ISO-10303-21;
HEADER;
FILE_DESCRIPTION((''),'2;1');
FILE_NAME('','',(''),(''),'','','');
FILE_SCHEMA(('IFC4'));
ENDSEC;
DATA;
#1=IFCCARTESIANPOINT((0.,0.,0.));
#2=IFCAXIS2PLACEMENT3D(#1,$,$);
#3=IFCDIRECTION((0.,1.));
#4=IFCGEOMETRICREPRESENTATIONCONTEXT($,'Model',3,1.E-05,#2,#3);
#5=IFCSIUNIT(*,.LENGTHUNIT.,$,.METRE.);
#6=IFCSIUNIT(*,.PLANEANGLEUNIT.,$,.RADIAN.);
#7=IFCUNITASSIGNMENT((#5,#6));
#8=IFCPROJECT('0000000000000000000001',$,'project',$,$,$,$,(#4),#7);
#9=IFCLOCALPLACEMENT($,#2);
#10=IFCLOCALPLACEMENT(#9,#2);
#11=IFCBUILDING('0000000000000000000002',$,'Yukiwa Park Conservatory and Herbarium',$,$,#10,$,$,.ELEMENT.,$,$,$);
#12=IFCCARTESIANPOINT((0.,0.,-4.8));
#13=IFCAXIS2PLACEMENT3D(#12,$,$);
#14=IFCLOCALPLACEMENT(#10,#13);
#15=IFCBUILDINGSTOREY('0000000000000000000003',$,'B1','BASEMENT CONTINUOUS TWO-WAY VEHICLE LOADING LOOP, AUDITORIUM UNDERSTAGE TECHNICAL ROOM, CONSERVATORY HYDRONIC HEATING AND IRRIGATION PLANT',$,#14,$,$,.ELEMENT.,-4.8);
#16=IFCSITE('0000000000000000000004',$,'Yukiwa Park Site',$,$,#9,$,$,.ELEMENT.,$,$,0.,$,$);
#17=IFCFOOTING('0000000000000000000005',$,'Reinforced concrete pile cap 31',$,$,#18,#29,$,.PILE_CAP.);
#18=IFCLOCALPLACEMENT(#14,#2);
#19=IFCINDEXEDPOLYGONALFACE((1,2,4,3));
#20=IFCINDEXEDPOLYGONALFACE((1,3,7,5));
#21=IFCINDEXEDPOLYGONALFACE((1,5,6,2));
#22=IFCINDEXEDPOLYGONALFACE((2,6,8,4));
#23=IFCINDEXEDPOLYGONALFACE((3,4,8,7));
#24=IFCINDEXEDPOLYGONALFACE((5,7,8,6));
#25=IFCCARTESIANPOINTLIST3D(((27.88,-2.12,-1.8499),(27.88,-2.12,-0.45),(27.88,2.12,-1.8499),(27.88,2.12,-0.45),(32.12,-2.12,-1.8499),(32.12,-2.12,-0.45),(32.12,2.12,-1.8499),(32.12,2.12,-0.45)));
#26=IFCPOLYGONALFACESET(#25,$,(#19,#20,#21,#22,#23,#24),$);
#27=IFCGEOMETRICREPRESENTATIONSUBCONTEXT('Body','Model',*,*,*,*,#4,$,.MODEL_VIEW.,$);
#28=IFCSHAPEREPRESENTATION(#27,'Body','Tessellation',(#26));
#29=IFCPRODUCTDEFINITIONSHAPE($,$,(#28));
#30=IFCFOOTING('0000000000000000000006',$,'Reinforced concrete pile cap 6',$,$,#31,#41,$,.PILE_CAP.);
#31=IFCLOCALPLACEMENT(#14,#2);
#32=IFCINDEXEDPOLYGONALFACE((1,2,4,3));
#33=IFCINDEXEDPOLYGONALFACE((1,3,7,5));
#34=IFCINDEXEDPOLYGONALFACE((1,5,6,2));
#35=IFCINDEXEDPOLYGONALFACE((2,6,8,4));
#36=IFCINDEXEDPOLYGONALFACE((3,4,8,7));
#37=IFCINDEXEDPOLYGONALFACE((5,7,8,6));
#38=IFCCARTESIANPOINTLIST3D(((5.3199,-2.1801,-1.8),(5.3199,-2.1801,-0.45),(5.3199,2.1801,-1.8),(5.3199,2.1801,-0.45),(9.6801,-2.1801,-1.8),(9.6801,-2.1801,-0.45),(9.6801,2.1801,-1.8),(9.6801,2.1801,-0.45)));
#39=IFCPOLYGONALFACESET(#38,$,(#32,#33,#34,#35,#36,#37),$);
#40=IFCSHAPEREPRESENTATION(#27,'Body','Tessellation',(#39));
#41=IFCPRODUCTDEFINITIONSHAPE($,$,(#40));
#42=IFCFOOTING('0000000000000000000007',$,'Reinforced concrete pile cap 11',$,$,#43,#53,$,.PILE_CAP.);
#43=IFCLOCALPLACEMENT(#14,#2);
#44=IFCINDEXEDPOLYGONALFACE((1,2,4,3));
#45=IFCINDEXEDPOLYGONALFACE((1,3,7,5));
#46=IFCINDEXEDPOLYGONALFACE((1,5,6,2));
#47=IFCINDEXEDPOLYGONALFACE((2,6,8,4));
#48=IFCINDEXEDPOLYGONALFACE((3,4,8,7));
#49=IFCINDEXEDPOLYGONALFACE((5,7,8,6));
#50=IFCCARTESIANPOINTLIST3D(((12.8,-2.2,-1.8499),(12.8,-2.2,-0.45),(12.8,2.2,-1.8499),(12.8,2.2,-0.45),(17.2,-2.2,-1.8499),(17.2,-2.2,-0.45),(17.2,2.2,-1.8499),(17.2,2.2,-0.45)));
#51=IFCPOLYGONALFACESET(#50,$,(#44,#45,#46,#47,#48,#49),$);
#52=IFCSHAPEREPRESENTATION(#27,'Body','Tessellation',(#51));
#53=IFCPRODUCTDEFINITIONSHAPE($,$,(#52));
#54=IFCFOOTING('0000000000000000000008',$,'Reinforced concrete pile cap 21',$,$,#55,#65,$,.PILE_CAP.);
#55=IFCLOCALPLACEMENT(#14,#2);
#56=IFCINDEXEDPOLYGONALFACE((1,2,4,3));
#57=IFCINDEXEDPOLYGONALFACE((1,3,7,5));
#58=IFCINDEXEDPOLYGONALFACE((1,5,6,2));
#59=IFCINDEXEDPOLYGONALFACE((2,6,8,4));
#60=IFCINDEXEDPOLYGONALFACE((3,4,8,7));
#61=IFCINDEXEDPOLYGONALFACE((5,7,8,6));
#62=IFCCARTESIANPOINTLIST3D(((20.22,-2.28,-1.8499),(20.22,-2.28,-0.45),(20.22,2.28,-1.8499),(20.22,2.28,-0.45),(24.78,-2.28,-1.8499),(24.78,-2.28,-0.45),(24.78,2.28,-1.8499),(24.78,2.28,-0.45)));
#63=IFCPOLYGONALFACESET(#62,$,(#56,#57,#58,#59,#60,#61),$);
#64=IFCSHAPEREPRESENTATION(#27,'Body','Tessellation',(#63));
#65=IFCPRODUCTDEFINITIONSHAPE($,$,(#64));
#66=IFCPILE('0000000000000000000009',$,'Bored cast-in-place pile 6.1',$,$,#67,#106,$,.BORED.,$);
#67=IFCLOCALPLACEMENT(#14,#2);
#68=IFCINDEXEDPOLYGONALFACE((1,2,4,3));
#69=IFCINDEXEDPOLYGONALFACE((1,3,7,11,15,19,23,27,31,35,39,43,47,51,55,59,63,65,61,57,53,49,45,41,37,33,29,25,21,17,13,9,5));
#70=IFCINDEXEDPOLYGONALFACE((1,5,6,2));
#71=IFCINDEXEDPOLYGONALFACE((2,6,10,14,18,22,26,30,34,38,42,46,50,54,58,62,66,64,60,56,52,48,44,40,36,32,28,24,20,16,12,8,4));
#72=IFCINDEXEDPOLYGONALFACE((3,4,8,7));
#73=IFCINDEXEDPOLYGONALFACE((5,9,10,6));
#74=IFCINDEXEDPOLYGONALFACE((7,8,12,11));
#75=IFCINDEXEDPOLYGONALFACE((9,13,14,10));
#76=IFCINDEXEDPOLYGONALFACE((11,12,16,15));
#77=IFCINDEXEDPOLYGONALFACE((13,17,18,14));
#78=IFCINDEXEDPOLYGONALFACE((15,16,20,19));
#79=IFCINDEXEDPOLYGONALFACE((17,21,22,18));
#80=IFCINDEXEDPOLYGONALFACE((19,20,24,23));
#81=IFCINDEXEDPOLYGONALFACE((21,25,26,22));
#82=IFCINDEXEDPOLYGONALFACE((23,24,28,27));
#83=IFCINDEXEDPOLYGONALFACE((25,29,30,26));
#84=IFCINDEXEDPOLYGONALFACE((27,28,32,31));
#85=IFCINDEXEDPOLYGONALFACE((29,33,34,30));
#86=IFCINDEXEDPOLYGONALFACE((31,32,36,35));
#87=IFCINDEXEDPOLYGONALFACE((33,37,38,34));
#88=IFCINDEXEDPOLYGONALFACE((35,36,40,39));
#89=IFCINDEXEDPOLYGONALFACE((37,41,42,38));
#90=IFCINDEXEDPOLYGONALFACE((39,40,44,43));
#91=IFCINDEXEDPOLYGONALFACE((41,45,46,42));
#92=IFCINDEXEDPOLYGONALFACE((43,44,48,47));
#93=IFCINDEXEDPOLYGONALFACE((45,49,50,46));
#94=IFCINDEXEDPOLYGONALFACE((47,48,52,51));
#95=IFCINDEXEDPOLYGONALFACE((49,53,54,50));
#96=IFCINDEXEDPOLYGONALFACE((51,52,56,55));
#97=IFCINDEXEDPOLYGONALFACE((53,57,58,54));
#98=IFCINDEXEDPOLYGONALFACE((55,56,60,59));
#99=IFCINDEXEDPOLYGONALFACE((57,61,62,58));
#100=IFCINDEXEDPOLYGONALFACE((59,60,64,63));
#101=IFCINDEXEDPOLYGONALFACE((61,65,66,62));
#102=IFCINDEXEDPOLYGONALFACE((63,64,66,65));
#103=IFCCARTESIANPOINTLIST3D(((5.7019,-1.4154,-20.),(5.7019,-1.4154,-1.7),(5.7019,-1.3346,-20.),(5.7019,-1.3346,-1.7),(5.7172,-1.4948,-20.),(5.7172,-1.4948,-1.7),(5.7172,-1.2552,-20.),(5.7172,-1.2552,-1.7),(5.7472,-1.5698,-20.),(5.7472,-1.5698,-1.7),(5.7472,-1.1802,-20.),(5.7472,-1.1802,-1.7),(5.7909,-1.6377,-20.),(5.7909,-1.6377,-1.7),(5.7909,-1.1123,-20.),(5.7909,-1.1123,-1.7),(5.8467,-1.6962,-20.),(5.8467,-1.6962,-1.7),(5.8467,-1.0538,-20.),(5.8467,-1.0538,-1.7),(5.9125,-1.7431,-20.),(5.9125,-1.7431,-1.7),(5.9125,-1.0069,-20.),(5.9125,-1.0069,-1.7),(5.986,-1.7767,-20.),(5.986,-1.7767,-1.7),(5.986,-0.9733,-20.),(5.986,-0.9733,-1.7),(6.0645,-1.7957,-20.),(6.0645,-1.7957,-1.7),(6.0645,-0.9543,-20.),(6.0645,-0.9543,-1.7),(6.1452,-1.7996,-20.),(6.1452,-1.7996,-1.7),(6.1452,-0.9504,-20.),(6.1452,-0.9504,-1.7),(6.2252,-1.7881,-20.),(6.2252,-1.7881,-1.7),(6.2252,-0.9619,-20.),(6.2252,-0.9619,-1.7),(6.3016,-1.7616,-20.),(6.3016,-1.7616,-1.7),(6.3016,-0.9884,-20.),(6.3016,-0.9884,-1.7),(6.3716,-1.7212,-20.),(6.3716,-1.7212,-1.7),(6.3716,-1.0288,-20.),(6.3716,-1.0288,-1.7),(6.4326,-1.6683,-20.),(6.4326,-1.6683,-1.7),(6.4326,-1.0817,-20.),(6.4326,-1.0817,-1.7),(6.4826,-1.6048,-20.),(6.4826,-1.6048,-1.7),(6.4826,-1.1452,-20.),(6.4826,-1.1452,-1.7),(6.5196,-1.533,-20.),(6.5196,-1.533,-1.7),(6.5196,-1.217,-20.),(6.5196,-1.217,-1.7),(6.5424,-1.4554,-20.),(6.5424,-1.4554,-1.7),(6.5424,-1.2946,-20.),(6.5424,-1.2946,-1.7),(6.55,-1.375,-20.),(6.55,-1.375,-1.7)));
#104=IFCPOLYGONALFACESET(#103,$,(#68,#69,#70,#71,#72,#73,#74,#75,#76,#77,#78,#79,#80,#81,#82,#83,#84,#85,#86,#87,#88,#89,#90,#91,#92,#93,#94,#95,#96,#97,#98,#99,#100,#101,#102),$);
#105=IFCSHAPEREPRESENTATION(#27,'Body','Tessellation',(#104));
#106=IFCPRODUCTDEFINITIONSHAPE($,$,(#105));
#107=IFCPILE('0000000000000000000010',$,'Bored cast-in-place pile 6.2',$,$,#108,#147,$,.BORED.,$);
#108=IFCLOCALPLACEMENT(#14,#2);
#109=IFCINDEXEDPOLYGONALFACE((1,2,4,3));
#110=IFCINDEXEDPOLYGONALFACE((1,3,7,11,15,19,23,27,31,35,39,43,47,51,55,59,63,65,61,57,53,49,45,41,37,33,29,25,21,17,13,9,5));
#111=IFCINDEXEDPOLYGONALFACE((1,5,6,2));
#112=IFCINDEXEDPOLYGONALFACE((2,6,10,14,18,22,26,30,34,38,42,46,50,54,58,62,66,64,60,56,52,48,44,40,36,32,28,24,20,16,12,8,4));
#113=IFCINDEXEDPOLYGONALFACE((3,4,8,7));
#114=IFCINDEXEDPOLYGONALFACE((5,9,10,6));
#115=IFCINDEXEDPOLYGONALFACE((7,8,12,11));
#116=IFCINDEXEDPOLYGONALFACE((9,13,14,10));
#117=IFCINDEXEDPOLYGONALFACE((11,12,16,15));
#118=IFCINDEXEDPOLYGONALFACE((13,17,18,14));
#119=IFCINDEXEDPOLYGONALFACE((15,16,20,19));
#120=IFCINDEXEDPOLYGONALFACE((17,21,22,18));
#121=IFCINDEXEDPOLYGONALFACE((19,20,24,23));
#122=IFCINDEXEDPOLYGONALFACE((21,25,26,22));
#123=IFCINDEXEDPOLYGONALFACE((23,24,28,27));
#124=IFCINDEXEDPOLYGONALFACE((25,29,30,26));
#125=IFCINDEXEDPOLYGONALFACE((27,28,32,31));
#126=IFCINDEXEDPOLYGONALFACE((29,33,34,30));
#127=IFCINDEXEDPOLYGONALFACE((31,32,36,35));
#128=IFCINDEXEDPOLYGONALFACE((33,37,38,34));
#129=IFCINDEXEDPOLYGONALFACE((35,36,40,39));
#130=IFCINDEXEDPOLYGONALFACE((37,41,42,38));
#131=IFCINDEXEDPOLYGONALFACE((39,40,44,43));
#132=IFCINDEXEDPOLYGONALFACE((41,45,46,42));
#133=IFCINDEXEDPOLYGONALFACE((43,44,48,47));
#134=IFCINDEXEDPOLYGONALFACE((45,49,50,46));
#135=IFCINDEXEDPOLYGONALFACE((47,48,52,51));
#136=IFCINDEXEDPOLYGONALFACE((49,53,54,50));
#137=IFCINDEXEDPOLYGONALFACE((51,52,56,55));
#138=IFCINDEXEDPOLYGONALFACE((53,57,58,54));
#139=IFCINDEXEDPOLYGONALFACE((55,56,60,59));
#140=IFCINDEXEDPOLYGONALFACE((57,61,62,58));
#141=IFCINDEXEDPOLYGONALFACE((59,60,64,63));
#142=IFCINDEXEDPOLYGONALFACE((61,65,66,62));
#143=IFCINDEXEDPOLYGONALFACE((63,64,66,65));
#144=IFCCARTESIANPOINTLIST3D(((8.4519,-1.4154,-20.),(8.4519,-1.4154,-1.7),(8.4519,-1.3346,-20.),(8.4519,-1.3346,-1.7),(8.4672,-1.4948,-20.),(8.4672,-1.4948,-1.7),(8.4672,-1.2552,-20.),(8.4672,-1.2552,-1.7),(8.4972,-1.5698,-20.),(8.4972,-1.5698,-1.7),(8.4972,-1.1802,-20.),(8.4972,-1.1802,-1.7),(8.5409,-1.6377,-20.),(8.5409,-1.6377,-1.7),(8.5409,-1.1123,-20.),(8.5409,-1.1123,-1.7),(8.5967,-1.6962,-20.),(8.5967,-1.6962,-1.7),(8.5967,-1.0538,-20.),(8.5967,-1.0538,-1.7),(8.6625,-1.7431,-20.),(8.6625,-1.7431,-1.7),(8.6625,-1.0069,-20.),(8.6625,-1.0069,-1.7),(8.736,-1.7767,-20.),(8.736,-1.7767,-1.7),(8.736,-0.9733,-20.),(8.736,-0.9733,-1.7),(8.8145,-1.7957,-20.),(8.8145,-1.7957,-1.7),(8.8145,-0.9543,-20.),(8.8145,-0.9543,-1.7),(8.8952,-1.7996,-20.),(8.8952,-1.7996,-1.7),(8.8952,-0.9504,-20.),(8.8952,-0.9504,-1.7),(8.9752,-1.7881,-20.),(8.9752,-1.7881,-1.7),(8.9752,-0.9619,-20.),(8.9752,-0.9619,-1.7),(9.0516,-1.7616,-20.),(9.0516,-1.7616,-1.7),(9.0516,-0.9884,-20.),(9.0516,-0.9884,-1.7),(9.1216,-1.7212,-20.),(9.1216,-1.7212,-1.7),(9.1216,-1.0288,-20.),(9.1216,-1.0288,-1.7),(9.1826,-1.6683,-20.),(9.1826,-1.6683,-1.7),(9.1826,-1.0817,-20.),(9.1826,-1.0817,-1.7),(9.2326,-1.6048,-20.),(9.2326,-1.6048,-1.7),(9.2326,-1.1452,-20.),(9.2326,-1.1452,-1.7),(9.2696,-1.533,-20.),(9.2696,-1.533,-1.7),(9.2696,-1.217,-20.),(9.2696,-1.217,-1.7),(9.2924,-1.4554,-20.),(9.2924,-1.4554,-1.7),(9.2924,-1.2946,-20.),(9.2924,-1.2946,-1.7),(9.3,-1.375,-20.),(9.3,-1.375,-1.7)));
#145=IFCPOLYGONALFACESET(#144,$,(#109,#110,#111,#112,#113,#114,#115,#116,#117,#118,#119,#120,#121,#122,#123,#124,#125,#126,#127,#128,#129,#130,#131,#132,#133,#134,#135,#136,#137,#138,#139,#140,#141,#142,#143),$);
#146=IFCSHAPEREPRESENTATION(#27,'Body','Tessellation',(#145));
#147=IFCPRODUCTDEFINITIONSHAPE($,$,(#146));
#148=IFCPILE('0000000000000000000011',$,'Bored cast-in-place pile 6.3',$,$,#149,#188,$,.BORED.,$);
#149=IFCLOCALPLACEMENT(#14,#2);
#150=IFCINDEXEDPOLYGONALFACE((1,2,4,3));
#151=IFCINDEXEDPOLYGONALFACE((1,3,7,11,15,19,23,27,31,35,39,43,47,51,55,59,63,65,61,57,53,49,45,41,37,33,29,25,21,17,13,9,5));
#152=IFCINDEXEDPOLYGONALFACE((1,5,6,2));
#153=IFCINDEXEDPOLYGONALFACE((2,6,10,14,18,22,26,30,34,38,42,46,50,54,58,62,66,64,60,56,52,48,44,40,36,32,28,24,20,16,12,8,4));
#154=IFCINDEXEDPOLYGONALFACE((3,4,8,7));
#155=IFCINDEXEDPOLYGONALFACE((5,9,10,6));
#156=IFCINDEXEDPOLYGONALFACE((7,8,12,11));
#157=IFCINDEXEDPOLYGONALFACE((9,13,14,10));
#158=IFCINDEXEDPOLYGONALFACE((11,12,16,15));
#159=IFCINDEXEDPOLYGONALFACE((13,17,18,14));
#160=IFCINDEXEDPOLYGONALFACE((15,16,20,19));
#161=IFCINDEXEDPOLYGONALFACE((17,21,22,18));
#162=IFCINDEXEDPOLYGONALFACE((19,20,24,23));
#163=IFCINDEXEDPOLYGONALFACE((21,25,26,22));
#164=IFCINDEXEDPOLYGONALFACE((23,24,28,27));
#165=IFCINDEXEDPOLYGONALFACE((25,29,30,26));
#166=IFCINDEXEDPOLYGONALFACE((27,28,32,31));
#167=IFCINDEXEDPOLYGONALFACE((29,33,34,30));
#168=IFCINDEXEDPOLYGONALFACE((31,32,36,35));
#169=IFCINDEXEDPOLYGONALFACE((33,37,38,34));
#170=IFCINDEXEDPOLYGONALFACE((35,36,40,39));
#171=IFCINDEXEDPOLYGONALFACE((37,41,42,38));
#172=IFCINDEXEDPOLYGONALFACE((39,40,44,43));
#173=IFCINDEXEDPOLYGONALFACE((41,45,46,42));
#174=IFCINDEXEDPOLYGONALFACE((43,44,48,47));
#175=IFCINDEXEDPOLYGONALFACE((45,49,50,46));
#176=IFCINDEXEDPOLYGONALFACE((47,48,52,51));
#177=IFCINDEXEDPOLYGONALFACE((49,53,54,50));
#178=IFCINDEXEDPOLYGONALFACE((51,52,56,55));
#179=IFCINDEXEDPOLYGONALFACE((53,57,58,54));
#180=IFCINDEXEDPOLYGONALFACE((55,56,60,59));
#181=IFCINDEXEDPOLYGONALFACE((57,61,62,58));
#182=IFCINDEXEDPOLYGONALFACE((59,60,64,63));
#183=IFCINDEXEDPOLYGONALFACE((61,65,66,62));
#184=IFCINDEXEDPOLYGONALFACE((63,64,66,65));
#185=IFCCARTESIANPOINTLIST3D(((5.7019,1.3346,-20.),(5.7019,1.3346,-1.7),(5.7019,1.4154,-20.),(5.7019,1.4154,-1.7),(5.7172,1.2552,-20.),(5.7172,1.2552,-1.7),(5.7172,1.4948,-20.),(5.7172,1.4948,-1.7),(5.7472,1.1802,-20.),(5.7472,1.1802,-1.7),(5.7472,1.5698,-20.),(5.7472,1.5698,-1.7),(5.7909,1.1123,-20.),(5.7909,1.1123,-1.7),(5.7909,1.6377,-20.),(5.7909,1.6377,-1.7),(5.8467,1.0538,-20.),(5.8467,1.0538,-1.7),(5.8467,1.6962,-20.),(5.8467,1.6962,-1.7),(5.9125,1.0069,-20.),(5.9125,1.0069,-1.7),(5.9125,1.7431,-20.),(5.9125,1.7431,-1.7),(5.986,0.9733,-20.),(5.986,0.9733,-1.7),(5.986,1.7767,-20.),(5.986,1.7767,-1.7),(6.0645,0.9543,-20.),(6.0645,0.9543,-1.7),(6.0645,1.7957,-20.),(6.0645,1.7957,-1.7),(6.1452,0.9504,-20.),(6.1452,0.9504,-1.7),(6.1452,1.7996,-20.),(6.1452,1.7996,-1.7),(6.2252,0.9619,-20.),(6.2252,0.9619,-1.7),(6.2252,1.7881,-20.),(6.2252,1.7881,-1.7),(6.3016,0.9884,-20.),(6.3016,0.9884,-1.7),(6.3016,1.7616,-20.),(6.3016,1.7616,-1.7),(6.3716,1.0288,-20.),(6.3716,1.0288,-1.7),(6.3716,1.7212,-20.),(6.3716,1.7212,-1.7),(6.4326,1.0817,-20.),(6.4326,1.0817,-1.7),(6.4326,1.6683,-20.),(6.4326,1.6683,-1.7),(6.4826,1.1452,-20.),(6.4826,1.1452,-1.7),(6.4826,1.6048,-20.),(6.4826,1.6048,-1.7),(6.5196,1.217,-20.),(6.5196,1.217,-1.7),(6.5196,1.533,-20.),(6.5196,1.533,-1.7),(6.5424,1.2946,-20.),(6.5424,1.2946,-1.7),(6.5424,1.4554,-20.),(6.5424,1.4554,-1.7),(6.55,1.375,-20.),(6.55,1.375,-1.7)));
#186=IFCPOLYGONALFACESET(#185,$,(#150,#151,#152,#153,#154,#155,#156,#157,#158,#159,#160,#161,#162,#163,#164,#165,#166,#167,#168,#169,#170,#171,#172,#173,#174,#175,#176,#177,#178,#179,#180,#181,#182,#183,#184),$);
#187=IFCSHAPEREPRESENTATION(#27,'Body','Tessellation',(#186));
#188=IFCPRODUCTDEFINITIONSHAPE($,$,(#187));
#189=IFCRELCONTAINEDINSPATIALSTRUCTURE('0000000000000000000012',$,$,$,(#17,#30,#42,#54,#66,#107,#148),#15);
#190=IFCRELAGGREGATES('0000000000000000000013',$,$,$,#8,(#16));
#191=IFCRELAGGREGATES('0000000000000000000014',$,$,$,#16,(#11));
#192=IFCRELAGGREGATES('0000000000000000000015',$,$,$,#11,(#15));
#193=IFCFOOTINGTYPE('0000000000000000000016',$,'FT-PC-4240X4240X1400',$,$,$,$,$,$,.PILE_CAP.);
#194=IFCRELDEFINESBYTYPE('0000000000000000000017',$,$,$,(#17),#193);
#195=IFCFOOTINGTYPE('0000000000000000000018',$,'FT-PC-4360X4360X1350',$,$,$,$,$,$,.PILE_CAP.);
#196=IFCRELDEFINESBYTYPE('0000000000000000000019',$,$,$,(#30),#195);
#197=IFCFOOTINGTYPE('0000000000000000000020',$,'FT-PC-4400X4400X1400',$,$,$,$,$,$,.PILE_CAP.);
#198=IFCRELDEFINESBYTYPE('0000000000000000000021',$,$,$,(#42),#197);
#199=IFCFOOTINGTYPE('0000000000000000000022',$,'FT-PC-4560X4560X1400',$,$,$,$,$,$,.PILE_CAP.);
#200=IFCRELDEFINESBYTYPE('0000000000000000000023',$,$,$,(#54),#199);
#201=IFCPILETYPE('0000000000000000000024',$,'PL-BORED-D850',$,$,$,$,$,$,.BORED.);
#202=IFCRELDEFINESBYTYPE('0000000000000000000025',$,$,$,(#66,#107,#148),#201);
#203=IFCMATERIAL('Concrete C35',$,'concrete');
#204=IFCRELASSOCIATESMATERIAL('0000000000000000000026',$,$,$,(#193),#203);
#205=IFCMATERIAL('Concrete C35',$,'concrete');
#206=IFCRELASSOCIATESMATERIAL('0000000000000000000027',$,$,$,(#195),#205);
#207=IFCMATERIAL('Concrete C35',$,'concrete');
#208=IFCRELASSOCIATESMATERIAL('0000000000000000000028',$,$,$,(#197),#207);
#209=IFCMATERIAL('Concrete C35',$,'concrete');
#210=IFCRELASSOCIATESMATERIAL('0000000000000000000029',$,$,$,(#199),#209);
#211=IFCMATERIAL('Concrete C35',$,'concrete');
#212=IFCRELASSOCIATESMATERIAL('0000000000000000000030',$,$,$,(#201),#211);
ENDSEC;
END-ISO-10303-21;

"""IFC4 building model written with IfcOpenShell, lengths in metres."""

from ifc_helpers import new_model, si_unit, direction, frame, origin, origin_2d, place, context, subcontext, project, spatial, rectangle, circle, extrude, material, material_profile, profile_set, type_object, element, save


model = new_model("IFC4")

# Units and contexts
model_context = context("Model", 3, precision=1e-05, world=origin(), true_north=direction((0.0, 1.0)))
body_context = subcontext(model_context, "Body", "Model", "MODEL_VIEW")
ifc_project = project(units=[si_unit("LENGTHUNIT", "METRE"), si_unit("PLANEANGLEUNIT", "RADIAN")], contexts=[model_context])

# Site, building, storey
site_placement = place(None, origin())
site = spatial("IfcSite", under=ifc_project, at=site_placement, Name="Yukiwa Park Site", CompositionType="ELEMENT", RefElevation=0.0)
building_placement = place(site_placement, origin())
building = spatial("IfcBuilding", under=site, at=building_placement, Name="Yukiwa Park Conservatory and Herbarium", CompositionType="ELEMENT")
storey_placement = place(building_placement, frame((0.0, 0.0, -4.8)))
storey = spatial("IfcBuildingStorey", under=building, at=storey_placement, Name="B1", Description="BASEMENT CONTINUOUS TWO-WAY VEHICLE LOADING LOOP, AUDITORIUM UNDERSTAGE TECHNICAL ROOM, CONSERVATORY HYDRONIC HEATING AND IRRIGATION PLANT", CompositionType="ELEMENT", Elevation=-4.8)

# Footings
ifc_material_1 = material(Name="Concrete C35", Category="concrete")
footing_type_1 = type_object("IfcFootingType", Name="FT-PC-4240X4240X1400", PredefinedType="PILE_CAP", material=ifc_material_1)
footing_1_placement = place(storey_placement, frame((30.0, 0.0, -1.8499), z_axis=(0.0, 0.0, 1.0), x_axis=(1.0, 0.0, 0.0)))
element("IfcFooting", 1, at=footing_1_placement, inside=storey, type_object=footing_type_1, Name="Reinforced concrete pile cap 31", PredefinedType="PILE_CAP", context=body_context, shape_type="SweptSolid", body=[
    extrude(rectangle(XDim=4.24, YDim=4.24, at=origin_2d()), origin(), (0.0, 0.0, 1.0), 1.3999),
])
ifc_material_2 = material(Name="Concrete C35", Category="concrete")
footing_type_2 = type_object("IfcFootingType", Name="FT-PC-4360X4360X1350", PredefinedType="PILE_CAP", material=ifc_material_2)
footing_2_placement = place(storey_placement, frame((7.5, 0.0, -1.8), z_axis=(0.0, 0.0, 1.0), x_axis=(1.0, 0.0, 0.0)))
element("IfcFooting", 2, at=footing_2_placement, inside=storey, type_object=footing_type_2, Name="Reinforced concrete pile cap 6", PredefinedType="PILE_CAP", context=body_context, shape_type="SweptSolid", body=[
    extrude(rectangle(XDim=4.3601, YDim=4.3601, at=origin_2d()), origin(), (0.0, 0.0, 1.0), 1.3501),
])
ifc_material_3 = material(Name="Concrete C35", Category="concrete")
footing_type_3 = type_object("IfcFootingType", Name="FT-PC-4400X4400X1400", PredefinedType="PILE_CAP", material=ifc_material_3)
footing_3_placement = place(storey_placement, frame((15.0, 0.0, -1.8499), z_axis=(0.0, 0.0, 1.0), x_axis=(1.0, 0.0, 0.0)))
element("IfcFooting", 3, at=footing_3_placement, inside=storey, type_object=footing_type_3, Name="Reinforced concrete pile cap 11", PredefinedType="PILE_CAP", context=body_context, shape_type="SweptSolid", body=[
    extrude(rectangle(XDim=4.3999, YDim=4.3999, at=origin_2d()), origin(), (0.0, 0.0, 1.0), 1.3999),
])
ifc_material_4 = material(Name="Concrete C35", Category="concrete")
footing_type_4 = type_object("IfcFootingType", Name="FT-PC-4560X4560X1400", PredefinedType="PILE_CAP", material=ifc_material_4)
footing_4_placement = place(storey_placement, frame((22.5, 0.0, -1.8499), z_axis=(0.0, 0.0, 1.0), x_axis=(1.0, 0.0, 0.0)))
element("IfcFooting", 4, at=footing_4_placement, inside=storey, type_object=footing_type_4, Name="Reinforced concrete pile cap 21", PredefinedType="PILE_CAP", context=body_context, shape_type="SweptSolid", body=[
    extrude(rectangle(XDim=4.5601, YDim=4.5601, at=origin_2d()), origin(), (0.0, 0.0, 1.0), 1.3999),
])

# Piles
ifc_material_5 = material(Name="Concrete C35", Category="concrete")
ifc_material_profile_1 = material_profile(ifc_material_5, circle(Radius=0.425, at=origin_2d()), Name="PILE D850")
ifc_profile_set_1 = profile_set([ifc_material_profile_1], Name="Concrete C35")
pile_type_1 = type_object("IfcPileType", Name="PL-BORED-D850", PredefinedType="BORED", material=ifc_profile_set_1)
for number, where, z_axis, x_axis, name in (
    (5, (6.125, -1.375, -1.7), (0.0, 0.0, -1.0), (1.0, 0.0, 0.0), "Bored cast-in-place pile 6.1"),
    (6, (8.875, -1.375, -1.7), (0.0, 0.0, -1.0), (1.0, 0.0, 0.0), "Bored cast-in-place pile 6.2"),
    (7, (6.125, 1.375, -1.7), (0.0, 0.0, -1.0), (1.0, 0.0, 0.0), "Bored cast-in-place pile 6.3"),
):
    element("IfcPile", number, at=place(storey_placement, frame(where, z_axis=z_axis, x_axis=x_axis)), inside=storey, type_object=pile_type_1, Name=name, PredefinedType="BORED", context=body_context, shape_type="SweptSolid", body=[
        extrude(circle(Radius=0.425, at=origin_2d()), origin(), (0.0, 0.0, 1.0), 18.3),
    ])

save(model, "model.ifc")
